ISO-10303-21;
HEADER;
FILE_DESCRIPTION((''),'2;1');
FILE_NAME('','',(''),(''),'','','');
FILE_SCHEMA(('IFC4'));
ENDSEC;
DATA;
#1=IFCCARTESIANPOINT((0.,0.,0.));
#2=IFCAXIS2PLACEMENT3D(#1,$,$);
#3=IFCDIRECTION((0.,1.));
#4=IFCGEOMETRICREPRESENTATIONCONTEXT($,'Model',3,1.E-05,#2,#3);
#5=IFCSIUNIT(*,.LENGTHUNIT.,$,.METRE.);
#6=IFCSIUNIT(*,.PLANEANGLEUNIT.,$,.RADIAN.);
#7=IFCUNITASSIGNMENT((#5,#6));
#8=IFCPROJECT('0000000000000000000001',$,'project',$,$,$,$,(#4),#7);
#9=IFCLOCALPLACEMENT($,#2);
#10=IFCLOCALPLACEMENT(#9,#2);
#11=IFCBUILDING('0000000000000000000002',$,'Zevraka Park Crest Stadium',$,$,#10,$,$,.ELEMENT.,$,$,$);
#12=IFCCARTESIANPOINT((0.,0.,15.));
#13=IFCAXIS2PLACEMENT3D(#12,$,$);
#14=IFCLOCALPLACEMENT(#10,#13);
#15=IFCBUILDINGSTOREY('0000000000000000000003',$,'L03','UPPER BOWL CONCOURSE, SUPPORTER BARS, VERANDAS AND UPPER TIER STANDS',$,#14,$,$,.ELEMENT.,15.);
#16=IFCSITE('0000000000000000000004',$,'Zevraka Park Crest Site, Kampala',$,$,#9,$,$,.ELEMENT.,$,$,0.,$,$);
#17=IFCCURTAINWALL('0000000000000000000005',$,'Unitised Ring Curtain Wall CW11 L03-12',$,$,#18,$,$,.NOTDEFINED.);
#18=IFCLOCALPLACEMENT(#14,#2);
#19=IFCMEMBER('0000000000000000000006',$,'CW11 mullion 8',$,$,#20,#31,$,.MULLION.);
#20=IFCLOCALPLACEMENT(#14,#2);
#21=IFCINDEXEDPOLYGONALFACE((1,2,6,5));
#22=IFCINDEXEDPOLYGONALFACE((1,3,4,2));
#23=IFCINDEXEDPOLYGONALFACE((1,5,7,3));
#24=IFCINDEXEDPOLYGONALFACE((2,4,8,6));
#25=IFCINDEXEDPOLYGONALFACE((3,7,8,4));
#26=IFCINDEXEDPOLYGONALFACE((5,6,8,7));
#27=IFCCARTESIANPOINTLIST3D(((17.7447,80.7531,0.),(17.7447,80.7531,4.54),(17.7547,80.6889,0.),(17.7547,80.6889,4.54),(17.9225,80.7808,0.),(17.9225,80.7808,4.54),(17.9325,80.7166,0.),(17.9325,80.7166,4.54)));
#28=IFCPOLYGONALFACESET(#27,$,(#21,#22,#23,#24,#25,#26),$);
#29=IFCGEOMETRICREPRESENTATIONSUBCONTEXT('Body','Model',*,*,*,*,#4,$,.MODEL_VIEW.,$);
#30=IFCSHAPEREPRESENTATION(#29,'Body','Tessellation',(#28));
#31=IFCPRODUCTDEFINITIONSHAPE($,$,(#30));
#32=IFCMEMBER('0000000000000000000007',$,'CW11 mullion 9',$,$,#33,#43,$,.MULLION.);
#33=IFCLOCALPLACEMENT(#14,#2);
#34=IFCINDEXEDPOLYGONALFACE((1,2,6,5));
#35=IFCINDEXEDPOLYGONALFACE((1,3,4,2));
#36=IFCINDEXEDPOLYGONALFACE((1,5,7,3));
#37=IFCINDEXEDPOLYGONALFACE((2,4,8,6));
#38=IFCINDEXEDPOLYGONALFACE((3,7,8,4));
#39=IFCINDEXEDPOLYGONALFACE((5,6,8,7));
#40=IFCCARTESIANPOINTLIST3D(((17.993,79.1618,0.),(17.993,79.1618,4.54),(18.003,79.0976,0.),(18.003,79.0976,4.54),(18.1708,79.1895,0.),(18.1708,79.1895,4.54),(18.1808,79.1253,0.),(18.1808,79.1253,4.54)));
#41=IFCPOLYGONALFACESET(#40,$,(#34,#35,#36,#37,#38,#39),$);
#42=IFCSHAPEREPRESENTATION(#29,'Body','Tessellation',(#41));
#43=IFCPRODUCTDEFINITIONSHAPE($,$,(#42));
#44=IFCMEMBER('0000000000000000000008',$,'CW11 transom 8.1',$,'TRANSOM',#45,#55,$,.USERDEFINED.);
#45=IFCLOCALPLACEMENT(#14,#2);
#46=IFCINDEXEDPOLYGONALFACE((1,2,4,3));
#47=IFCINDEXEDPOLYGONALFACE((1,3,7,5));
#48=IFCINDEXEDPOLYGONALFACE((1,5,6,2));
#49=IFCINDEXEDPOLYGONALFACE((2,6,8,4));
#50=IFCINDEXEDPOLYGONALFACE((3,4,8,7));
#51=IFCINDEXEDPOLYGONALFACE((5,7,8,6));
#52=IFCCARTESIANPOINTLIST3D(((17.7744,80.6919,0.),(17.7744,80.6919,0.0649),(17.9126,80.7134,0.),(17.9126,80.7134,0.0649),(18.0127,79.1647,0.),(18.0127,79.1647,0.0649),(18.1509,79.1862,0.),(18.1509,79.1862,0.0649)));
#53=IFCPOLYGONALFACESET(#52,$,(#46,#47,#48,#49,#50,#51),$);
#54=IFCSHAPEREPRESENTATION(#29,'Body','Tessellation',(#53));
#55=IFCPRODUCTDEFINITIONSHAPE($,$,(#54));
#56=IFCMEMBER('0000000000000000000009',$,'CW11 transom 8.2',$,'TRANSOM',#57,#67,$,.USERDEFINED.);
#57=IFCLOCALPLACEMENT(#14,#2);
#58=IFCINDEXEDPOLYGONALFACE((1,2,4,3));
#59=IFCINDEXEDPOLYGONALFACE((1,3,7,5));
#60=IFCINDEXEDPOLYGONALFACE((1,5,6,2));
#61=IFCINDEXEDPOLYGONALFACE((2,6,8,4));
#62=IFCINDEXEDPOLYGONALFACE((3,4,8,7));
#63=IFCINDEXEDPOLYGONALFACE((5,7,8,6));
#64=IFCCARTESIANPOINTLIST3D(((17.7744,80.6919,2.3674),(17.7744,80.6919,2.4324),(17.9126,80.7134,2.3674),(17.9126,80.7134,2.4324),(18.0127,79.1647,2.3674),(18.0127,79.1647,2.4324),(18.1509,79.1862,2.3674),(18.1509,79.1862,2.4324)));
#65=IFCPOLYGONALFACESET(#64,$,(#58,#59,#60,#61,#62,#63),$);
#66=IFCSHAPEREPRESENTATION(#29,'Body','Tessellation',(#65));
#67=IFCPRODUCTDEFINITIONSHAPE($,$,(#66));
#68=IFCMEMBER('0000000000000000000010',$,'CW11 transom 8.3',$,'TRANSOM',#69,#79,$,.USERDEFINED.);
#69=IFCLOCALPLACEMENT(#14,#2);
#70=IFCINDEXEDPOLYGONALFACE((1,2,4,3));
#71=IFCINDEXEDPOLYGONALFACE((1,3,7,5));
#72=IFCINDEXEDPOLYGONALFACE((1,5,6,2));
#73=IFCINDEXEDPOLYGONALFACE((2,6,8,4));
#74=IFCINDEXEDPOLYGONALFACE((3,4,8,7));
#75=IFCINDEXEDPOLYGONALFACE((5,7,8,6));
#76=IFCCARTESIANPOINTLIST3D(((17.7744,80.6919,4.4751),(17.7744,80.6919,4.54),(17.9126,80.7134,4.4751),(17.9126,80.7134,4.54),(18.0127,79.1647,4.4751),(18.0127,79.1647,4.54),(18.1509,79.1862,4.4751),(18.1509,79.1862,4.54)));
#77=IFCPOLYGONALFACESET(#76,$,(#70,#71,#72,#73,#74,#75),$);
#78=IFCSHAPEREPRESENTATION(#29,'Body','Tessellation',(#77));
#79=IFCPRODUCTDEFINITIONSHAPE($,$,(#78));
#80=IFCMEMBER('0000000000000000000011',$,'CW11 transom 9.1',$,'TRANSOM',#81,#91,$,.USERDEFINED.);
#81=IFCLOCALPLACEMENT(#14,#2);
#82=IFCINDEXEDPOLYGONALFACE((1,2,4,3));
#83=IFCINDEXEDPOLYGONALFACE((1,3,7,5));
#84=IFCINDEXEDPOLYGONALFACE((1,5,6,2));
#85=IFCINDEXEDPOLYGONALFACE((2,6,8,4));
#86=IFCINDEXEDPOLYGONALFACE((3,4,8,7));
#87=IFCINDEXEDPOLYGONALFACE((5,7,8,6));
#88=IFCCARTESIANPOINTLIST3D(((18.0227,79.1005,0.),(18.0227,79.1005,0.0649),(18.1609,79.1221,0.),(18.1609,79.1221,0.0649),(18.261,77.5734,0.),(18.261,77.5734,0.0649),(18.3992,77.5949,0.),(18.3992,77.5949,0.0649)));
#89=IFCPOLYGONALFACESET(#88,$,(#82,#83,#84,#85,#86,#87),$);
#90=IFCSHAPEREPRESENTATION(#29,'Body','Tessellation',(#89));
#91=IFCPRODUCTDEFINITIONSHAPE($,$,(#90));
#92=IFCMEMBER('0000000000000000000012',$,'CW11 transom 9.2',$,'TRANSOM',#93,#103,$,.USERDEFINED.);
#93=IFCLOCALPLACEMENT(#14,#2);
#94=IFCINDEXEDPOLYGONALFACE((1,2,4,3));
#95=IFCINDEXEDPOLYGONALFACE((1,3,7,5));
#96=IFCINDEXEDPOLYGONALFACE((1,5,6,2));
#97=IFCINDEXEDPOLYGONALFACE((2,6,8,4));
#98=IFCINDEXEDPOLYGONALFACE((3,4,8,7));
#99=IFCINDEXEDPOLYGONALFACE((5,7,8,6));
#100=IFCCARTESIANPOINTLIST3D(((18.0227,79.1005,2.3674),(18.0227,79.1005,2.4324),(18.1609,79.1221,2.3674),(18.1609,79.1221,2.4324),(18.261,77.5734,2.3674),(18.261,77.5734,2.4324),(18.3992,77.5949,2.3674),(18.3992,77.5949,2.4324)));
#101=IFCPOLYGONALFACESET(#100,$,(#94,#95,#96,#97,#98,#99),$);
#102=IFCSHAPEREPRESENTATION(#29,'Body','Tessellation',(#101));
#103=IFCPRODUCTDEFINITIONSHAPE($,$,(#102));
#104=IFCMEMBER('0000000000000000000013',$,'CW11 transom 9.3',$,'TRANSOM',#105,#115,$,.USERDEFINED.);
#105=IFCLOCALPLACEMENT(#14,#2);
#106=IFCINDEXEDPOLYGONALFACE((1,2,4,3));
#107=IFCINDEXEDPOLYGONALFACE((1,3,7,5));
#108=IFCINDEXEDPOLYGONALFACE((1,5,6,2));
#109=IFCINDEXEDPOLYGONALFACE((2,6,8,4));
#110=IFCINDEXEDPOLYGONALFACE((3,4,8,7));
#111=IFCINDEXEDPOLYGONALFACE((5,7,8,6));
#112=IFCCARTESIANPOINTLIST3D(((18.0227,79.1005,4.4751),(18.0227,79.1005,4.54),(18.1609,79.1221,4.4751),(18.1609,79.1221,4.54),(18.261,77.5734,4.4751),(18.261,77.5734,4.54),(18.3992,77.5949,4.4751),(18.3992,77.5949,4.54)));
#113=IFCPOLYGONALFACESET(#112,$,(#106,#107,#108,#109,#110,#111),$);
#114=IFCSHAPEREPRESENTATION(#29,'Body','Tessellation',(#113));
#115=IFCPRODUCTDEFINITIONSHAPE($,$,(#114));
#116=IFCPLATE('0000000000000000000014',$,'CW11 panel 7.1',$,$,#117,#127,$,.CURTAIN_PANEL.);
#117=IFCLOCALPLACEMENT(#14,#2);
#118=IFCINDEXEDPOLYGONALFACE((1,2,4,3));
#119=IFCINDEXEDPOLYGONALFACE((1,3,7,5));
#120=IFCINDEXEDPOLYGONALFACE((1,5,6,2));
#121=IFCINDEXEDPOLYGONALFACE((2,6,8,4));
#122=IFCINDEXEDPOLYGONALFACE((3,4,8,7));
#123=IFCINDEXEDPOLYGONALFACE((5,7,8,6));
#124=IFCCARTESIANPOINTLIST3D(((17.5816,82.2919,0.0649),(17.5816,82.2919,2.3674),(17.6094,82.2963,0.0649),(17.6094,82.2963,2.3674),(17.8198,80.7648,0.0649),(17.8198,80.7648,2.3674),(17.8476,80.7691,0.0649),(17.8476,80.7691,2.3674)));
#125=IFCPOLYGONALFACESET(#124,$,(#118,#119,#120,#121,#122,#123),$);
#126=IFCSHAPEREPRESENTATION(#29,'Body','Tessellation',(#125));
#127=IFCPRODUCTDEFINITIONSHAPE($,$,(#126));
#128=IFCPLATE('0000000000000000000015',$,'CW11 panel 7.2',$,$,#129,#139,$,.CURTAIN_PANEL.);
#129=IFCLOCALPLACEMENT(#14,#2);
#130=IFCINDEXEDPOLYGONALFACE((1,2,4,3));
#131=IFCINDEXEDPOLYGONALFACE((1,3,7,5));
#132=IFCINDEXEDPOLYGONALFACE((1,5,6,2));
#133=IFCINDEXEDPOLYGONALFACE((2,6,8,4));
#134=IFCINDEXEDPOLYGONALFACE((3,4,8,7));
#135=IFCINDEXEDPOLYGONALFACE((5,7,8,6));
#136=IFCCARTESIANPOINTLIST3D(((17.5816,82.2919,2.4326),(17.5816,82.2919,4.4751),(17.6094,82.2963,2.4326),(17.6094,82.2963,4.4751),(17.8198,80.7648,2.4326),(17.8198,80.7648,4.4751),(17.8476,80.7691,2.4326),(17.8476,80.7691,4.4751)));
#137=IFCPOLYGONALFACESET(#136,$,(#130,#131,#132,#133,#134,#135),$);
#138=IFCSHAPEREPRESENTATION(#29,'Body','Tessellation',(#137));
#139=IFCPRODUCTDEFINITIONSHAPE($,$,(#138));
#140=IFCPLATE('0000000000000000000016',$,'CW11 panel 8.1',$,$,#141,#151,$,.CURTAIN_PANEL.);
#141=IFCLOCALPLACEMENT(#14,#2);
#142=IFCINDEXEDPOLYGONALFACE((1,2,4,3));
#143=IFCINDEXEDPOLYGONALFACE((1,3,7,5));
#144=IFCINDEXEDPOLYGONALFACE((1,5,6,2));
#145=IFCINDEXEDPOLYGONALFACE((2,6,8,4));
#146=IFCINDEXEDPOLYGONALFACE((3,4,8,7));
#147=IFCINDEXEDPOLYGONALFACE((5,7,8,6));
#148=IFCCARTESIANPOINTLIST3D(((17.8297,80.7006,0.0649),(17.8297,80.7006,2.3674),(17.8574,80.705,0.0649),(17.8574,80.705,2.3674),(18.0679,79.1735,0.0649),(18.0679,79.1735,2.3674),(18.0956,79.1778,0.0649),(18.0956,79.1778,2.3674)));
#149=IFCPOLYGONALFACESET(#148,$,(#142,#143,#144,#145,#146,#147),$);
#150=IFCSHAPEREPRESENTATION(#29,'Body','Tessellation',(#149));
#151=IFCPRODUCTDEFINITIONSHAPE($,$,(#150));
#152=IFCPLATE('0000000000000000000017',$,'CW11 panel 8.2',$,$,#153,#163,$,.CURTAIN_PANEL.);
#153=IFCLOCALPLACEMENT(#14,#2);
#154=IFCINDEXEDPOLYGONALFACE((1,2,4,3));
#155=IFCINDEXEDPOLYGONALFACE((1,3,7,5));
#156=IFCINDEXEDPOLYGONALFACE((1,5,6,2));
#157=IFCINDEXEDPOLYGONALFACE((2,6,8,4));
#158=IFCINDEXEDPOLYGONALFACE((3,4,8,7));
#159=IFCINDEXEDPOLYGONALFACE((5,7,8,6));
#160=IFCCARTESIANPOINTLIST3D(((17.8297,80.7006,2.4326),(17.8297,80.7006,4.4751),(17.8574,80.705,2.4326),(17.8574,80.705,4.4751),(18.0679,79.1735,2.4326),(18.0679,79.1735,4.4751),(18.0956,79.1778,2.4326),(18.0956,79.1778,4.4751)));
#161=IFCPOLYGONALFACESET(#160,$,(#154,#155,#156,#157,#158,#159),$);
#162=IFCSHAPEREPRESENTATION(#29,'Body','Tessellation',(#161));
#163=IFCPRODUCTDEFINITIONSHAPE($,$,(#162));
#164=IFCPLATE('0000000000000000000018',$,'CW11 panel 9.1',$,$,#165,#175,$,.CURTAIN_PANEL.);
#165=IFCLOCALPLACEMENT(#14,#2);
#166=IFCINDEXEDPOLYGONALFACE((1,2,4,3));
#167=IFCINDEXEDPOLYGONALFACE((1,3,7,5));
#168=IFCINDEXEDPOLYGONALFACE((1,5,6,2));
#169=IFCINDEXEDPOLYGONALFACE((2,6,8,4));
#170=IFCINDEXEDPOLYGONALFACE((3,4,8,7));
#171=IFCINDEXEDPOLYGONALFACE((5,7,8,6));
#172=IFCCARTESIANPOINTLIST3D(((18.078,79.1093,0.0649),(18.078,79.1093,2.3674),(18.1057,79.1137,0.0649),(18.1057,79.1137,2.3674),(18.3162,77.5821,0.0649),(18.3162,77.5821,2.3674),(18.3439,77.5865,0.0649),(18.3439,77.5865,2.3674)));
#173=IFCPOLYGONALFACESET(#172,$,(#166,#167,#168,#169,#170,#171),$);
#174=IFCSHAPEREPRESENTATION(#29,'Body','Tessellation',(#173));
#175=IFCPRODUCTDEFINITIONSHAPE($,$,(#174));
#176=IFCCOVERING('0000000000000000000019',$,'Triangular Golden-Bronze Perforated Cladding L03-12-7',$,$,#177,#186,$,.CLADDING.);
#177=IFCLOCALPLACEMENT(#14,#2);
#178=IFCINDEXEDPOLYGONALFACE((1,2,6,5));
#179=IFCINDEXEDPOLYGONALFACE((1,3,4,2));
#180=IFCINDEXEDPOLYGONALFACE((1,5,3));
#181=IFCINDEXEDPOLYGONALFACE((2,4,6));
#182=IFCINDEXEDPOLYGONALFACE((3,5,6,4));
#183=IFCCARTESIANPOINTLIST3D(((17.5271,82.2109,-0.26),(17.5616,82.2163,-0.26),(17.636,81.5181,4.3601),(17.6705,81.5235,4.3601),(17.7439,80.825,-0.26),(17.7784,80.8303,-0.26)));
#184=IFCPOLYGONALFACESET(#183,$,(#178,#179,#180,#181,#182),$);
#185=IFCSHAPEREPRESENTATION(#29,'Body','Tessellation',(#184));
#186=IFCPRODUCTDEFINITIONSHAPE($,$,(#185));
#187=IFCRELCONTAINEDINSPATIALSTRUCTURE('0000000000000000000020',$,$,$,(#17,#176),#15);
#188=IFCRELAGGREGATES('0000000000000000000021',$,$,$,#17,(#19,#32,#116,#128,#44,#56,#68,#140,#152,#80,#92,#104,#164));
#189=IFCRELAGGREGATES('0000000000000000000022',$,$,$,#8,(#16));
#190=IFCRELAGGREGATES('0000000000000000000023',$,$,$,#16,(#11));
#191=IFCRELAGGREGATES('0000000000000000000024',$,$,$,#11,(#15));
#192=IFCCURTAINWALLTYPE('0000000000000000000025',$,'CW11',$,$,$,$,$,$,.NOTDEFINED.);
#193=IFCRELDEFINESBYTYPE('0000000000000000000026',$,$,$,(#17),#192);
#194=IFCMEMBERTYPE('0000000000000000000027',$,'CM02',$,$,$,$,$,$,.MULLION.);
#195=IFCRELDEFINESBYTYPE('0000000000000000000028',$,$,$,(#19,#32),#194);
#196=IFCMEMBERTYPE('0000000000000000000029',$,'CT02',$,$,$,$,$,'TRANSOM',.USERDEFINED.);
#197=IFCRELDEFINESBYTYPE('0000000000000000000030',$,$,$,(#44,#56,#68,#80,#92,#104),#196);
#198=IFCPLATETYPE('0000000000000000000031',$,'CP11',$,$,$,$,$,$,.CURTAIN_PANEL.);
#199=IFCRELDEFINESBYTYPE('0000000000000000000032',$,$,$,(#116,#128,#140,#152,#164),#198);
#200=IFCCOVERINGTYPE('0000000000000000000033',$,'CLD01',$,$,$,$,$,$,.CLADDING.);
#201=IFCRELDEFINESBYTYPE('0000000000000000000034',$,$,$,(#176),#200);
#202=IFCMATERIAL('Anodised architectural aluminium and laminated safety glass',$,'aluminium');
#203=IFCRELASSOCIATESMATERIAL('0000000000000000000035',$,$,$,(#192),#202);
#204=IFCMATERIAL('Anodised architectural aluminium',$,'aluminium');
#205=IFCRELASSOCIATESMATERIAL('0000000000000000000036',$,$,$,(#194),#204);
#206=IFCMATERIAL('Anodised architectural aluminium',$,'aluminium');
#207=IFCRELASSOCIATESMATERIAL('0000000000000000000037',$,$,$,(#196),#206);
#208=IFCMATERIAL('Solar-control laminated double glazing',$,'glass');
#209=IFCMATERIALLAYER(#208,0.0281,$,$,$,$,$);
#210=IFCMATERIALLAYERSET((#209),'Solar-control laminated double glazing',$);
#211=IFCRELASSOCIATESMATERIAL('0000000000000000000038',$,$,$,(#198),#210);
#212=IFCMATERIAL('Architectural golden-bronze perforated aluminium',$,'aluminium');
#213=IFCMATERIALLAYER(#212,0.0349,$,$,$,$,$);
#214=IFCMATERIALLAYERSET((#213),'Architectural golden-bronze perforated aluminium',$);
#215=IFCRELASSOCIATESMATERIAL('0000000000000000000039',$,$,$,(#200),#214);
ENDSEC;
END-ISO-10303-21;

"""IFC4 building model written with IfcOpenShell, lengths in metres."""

from ifc_helpers import new_model, si_unit, direction, frame, origin, origin_2d, place, context, subcontext, project, spatial, polyline, rectangle, outline, extrude, material, layer, layer_set, material_profile, profile_set, type_object, element, aggregate, save


model = new_model("IFC4")

# Units and contexts
model_context = context("Model", 3, precision=1e-05, world=origin(), true_north=direction((0.0, 1.0)))
body_context = subcontext(model_context, "Body", "Model", "MODEL_VIEW")
ifc_project = project(units=[si_unit("LENGTHUNIT", "METRE"), si_unit("PLANEANGLEUNIT", "RADIAN")], contexts=[model_context])

# Site, building, storey
site_placement = place(None, origin())
site = spatial("IfcSite", under=ifc_project, at=site_placement, Name="Zevraka Park Crest Site, Kampala", CompositionType="ELEMENT", RefElevation=0.0)
building_placement = place(site_placement, origin())
building = spatial("IfcBuilding", under=site, at=building_placement, Name="Zevraka Park Crest Stadium", CompositionType="ELEMENT")
storey_placement = place(building_placement, frame((0.0, 0.0, 15.0)))
storey = spatial("IfcBuildingStorey", under=building, at=storey_placement, Name="L03", Description="UPPER BOWL CONCOURSE, SUPPORTER BARS, VERANDAS AND UPPER TIER STANDS", CompositionType="ELEMENT", Elevation=15.0)

# Curtain wall, members, plates
ifc_material_1 = material(Name="Anodised architectural aluminium and laminated safety glass", Category="aluminium")
curtain_wall_type = type_object("IfcCurtainWallType", Name="CW11", PredefinedType="NOTDEFINED", material=ifc_material_1)
curtain_wall_placement = place(storey_placement, origin())
curtain_wall = element("IfcCurtainWall", 1, at=curtain_wall_placement, inside=storey, type_object=curtain_wall_type, Name="Unitised Ring Curtain Wall CW11 L03-12", PredefinedType="NOTDEFINED")
ifc_material_2 = material(Name="Anodised architectural aluminium", Category="aluminium")
ifc_material_profile_1 = material_profile(ifc_material_2, rectangle(XDim=0.1799, YDim=0.0649, at=origin_2d()), Name="ALU MULLION 180x65")
ifc_profile_set_1 = profile_set([ifc_material_profile_1], Name="Anodised architectural aluminium")
member_type_1 = type_object("IfcMemberType", Name="CM02", PredefinedType="MULLION", material=ifc_profile_set_1)
member_1_placement = place(storey_placement, frame((17.8386, 80.7349, 0.0), z_axis=(0.0, 0.0, 1.0), x_axis=(0.988051, 0.154128, 0.0)))
member_1 = element("IfcMember", 2, at=member_1_placement, type_object=member_type_1, Name="CW11 mullion 8", PredefinedType="MULLION", context=body_context, shape_type="SweptSolid", body=[
    extrude(rectangle(XDim=0.1799, YDim=0.0649, at=origin_2d()), origin(), (0.0, 0.0, 1.0), 4.54),
])
member_2_placement = place(storey_placement, frame((18.0869, 79.1436, 0.0), z_axis=(0.0, 0.0, 1.0), x_axis=(0.988051, 0.154128, 0.0)))
member_2 = element("IfcMember", 3, at=member_2_placement, type_object=member_type_1, Name="CW11 mullion 9", PredefinedType="MULLION", context=body_context, shape_type="SweptSolid", body=[
    extrude(rectangle(XDim=0.1799, YDim=0.0649, at=origin_2d()), origin(), (0.0, 0.0, 1.0), 4.54),
])
ifc_material_3 = material(Name="Anodised architectural aluminium", Category="aluminium")
ifc_material_profile_2 = material_profile(ifc_material_3, rectangle(XDim=0.1399, YDim=0.0649, at=origin_2d()), Name="ALU TRANSOM 140x65")
ifc_profile_set_2 = profile_set([ifc_material_profile_2], Name="Anodised architectural aluminium")
member_type_2 = type_object("IfcMemberType", Name="CT02", ElementType="TRANSOM", PredefinedType="USERDEFINED", material=ifc_profile_set_2)
member_3_placement = place(storey_placement, frame((17.8435, 80.7026, 0.0325), z_axis=(0.15417, -0.988044, 0.0), x_axis=(0.988044, 0.15417, 0.0)))
member_3 = element("IfcMember", 4, at=member_3_placement, type_object=member_type_2, Name="CW11 transom 8.1", ObjectType="TRANSOM", PredefinedType="USERDEFINED", context=body_context, shape_type="SweptSolid", body=[
    extrude(rectangle(XDim=0.1399, YDim=0.0649, at=origin_2d()), origin(), (0.0, 0.0, 1.0), 1.5457),
])
member_4_placement = place(storey_placement, frame((17.8435, 80.7026, 2.3999), z_axis=(0.15417, -0.988044, 0.0), x_axis=(0.988044, 0.15417, 0.0)))
member_4 = element("IfcMember", 5, at=member_4_placement, type_object=member_type_2, Name="CW11 transom 8.2", ObjectType="TRANSOM", PredefinedType="USERDEFINED", context=body_context, shape_type="SweptSolid", body=[
    extrude(rectangle(XDim=0.1399, YDim=0.0649, at=origin_2d()), origin(), (0.0, 0.0, 1.0), 1.5457),
])
member_5_placement = place(storey_placement, frame((17.8435, 80.7026, 4.5076), z_axis=(0.15417, -0.988044, 0.0), x_axis=(0.988044, 0.15417, 0.0)))
member_5 = element("IfcMember", 6, at=member_5_placement, type_object=member_type_2, Name="CW11 transom 8.3", ObjectType="TRANSOM", PredefinedType="USERDEFINED", context=body_context, shape_type="SweptSolid", body=[
    extrude(rectangle(XDim=0.1399, YDim=0.0649, at=origin_2d()), origin(), (0.0, 0.0, 1.0), 1.5457),
])
member_6_placement = place(storey_placement, frame((18.0918, 79.1113, 0.0325), z_axis=(0.15417, -0.988044, 0.0), x_axis=(0.988044, 0.15417, 0.0)))
member_6 = element("IfcMember", 7, at=member_6_placement, type_object=member_type_2, Name="CW11 transom 9.1", ObjectType="TRANSOM", PredefinedType="USERDEFINED", context=body_context, shape_type="SweptSolid", body=[
    extrude(rectangle(XDim=0.1399, YDim=0.0649, at=origin_2d()), origin(), (0.0, 0.0, 1.0), 1.5457),
])
member_7_placement = place(storey_placement, frame((18.0918, 79.1113, 2.3999), z_axis=(0.15417, -0.988044, 0.0), x_axis=(0.988044, 0.15417, 0.0)))
member_7 = element("IfcMember", 8, at=member_7_placement, type_object=member_type_2, Name="CW11 transom 9.2", ObjectType="TRANSOM", PredefinedType="USERDEFINED", context=body_context, shape_type="SweptSolid", body=[
    extrude(rectangle(XDim=0.1399, YDim=0.0649, at=origin_2d()), origin(), (0.0, 0.0, 1.0), 1.5457),
])
member_8_placement = place(storey_placement, frame((18.0918, 79.1113, 4.5076), z_axis=(0.15417, -0.988044, 0.0), x_axis=(0.988044, 0.15417, 0.0)))
member_8 = element("IfcMember", 9, at=member_8_placement, type_object=member_type_2, Name="CW11 transom 9.3", ObjectType="TRANSOM", PredefinedType="USERDEFINED", context=body_context, shape_type="SweptSolid", body=[
    extrude(rectangle(XDim=0.1399, YDim=0.0649, at=origin_2d()), origin(), (0.0, 0.0, 1.0), 1.5457),
])
ifc_material_4 = material(Name="Solar-control laminated double glazing", Category="glass")
ifc_layer_1 = layer(ifc_material_4, 0.0281)
ifc_layer_set_1 = layer_set([ifc_layer_1], Name="Solar-control laminated double glazing")
plate_type = type_object("IfcPlateType", Name="CP11", PredefinedType="CURTAIN_PANEL", material=ifc_layer_set_1)
plate_1_placement = place(storey_placement, frame((17.7146, 81.5305, 0.0649), z_axis=(0.0, 0.0, 1.0), x_axis=(0.154128, -0.988051, 0.0)))
plate_1 = element("IfcPlate", 10, at=plate_1_placement, type_object=plate_type, Name="CW11 panel 7.1", PredefinedType="CURTAIN_PANEL", context=body_context, shape_type="SweptSolid", body=[
    extrude(rectangle(XDim=1.5457, YDim=0.0281, at=origin_2d()), origin(), (0.0, 0.0, 1.0), 2.3025),
])
plate_2_placement = place(storey_placement, frame((17.7146, 81.5305, 2.4326), z_axis=(0.0, 0.0, 1.0), x_axis=(0.154128, -0.988051, 0.0)))
plate_2 = element("IfcPlate", 11, at=plate_2_placement, type_object=plate_type, Name="CW11 panel 7.2", PredefinedType="CURTAIN_PANEL", context=body_context, shape_type="SweptSolid", body=[
    extrude(rectangle(XDim=1.5457, YDim=0.0281, at=origin_2d()), origin(), (0.0, 0.0, 1.0), 2.0425),
])
plate_3_placement = place(storey_placement, frame((17.9626, 79.9392, 0.0649), z_axis=(0.0, 0.0, 1.0), x_axis=(0.154128, -0.988051, 0.0)))
plate_3 = element("IfcPlate", 12, at=plate_3_placement, type_object=plate_type, Name="CW11 panel 8.1", PredefinedType="CURTAIN_PANEL", context=body_context, shape_type="SweptSolid", body=[
    extrude(rectangle(XDim=1.5457, YDim=0.0281, at=origin_2d()), origin(), (0.0, 0.0, 1.0), 2.3025),
])
plate_4_placement = place(storey_placement, frame((17.9626, 79.9392, 2.4326), z_axis=(0.0, 0.0, 1.0), x_axis=(0.154128, -0.988051, 0.0)))
plate_4 = element("IfcPlate", 13, at=plate_4_placement, type_object=plate_type, Name="CW11 panel 8.2", PredefinedType="CURTAIN_PANEL", context=body_context, shape_type="SweptSolid", body=[
    extrude(rectangle(XDim=1.5457, YDim=0.0281, at=origin_2d()), origin(), (0.0, 0.0, 1.0), 2.0425),
])
plate_5_placement = place(storey_placement, frame((18.2109, 78.3479, 0.0649), z_axis=(0.0, 0.0, 1.0), x_axis=(0.154128, -0.988051, 0.0)))
plate_5 = element("IfcPlate", 14, at=plate_5_placement, type_object=plate_type, Name="CW11 panel 9.1", PredefinedType="CURTAIN_PANEL", context=body_context, shape_type="SweptSolid", body=[
    extrude(rectangle(XDim=1.5457, YDim=0.0281, at=origin_2d()), origin(), (0.0, 0.0, 1.0), 2.3025),
])
aggregate(curtain_wall, [member_1, member_2, plate_1, plate_2, member_3, member_4, member_5, plate_3, plate_4, member_6, member_7, member_8, plate_5])

# Covering
ifc_material_5 = material(Name="Architectural golden-bronze perforated aluminium", Category="aluminium")
ifc_layer_2 = layer(ifc_material_5, 0.0349)
ifc_layer_set_2 = layer_set([ifc_layer_2], Name="Architectural golden-bronze perforated aluminium")
covering_type = type_object("IfcCoveringType", Name="CLD01", PredefinedType="CLADDING", material=ifc_layer_set_2)
covering_1_placement = place(storey_placement, frame((17.5271, 82.2109, -0.26), z_axis=(-0.987986, -0.154541, 0.000108), x_axis=(0.154541, -0.987986, 0.0)))
element("IfcCovering", 15, at=covering_1_placement, inside=storey, type_object=covering_type, Name="Triangular Golden-Bronze Perforated Cladding L03-12-7", PredefinedType="CLADDING", context=body_context, shape_type="SweptSolid", body=[
    extrude(outline(polyline([(0.0, 0.0), (1.4028, 0.0), (0.7014, 4.6201), (0.0, 0.0)])), origin(), (0.0, 0.0, -1.0), 0.0349),
])

save(model, "model.ifc")
